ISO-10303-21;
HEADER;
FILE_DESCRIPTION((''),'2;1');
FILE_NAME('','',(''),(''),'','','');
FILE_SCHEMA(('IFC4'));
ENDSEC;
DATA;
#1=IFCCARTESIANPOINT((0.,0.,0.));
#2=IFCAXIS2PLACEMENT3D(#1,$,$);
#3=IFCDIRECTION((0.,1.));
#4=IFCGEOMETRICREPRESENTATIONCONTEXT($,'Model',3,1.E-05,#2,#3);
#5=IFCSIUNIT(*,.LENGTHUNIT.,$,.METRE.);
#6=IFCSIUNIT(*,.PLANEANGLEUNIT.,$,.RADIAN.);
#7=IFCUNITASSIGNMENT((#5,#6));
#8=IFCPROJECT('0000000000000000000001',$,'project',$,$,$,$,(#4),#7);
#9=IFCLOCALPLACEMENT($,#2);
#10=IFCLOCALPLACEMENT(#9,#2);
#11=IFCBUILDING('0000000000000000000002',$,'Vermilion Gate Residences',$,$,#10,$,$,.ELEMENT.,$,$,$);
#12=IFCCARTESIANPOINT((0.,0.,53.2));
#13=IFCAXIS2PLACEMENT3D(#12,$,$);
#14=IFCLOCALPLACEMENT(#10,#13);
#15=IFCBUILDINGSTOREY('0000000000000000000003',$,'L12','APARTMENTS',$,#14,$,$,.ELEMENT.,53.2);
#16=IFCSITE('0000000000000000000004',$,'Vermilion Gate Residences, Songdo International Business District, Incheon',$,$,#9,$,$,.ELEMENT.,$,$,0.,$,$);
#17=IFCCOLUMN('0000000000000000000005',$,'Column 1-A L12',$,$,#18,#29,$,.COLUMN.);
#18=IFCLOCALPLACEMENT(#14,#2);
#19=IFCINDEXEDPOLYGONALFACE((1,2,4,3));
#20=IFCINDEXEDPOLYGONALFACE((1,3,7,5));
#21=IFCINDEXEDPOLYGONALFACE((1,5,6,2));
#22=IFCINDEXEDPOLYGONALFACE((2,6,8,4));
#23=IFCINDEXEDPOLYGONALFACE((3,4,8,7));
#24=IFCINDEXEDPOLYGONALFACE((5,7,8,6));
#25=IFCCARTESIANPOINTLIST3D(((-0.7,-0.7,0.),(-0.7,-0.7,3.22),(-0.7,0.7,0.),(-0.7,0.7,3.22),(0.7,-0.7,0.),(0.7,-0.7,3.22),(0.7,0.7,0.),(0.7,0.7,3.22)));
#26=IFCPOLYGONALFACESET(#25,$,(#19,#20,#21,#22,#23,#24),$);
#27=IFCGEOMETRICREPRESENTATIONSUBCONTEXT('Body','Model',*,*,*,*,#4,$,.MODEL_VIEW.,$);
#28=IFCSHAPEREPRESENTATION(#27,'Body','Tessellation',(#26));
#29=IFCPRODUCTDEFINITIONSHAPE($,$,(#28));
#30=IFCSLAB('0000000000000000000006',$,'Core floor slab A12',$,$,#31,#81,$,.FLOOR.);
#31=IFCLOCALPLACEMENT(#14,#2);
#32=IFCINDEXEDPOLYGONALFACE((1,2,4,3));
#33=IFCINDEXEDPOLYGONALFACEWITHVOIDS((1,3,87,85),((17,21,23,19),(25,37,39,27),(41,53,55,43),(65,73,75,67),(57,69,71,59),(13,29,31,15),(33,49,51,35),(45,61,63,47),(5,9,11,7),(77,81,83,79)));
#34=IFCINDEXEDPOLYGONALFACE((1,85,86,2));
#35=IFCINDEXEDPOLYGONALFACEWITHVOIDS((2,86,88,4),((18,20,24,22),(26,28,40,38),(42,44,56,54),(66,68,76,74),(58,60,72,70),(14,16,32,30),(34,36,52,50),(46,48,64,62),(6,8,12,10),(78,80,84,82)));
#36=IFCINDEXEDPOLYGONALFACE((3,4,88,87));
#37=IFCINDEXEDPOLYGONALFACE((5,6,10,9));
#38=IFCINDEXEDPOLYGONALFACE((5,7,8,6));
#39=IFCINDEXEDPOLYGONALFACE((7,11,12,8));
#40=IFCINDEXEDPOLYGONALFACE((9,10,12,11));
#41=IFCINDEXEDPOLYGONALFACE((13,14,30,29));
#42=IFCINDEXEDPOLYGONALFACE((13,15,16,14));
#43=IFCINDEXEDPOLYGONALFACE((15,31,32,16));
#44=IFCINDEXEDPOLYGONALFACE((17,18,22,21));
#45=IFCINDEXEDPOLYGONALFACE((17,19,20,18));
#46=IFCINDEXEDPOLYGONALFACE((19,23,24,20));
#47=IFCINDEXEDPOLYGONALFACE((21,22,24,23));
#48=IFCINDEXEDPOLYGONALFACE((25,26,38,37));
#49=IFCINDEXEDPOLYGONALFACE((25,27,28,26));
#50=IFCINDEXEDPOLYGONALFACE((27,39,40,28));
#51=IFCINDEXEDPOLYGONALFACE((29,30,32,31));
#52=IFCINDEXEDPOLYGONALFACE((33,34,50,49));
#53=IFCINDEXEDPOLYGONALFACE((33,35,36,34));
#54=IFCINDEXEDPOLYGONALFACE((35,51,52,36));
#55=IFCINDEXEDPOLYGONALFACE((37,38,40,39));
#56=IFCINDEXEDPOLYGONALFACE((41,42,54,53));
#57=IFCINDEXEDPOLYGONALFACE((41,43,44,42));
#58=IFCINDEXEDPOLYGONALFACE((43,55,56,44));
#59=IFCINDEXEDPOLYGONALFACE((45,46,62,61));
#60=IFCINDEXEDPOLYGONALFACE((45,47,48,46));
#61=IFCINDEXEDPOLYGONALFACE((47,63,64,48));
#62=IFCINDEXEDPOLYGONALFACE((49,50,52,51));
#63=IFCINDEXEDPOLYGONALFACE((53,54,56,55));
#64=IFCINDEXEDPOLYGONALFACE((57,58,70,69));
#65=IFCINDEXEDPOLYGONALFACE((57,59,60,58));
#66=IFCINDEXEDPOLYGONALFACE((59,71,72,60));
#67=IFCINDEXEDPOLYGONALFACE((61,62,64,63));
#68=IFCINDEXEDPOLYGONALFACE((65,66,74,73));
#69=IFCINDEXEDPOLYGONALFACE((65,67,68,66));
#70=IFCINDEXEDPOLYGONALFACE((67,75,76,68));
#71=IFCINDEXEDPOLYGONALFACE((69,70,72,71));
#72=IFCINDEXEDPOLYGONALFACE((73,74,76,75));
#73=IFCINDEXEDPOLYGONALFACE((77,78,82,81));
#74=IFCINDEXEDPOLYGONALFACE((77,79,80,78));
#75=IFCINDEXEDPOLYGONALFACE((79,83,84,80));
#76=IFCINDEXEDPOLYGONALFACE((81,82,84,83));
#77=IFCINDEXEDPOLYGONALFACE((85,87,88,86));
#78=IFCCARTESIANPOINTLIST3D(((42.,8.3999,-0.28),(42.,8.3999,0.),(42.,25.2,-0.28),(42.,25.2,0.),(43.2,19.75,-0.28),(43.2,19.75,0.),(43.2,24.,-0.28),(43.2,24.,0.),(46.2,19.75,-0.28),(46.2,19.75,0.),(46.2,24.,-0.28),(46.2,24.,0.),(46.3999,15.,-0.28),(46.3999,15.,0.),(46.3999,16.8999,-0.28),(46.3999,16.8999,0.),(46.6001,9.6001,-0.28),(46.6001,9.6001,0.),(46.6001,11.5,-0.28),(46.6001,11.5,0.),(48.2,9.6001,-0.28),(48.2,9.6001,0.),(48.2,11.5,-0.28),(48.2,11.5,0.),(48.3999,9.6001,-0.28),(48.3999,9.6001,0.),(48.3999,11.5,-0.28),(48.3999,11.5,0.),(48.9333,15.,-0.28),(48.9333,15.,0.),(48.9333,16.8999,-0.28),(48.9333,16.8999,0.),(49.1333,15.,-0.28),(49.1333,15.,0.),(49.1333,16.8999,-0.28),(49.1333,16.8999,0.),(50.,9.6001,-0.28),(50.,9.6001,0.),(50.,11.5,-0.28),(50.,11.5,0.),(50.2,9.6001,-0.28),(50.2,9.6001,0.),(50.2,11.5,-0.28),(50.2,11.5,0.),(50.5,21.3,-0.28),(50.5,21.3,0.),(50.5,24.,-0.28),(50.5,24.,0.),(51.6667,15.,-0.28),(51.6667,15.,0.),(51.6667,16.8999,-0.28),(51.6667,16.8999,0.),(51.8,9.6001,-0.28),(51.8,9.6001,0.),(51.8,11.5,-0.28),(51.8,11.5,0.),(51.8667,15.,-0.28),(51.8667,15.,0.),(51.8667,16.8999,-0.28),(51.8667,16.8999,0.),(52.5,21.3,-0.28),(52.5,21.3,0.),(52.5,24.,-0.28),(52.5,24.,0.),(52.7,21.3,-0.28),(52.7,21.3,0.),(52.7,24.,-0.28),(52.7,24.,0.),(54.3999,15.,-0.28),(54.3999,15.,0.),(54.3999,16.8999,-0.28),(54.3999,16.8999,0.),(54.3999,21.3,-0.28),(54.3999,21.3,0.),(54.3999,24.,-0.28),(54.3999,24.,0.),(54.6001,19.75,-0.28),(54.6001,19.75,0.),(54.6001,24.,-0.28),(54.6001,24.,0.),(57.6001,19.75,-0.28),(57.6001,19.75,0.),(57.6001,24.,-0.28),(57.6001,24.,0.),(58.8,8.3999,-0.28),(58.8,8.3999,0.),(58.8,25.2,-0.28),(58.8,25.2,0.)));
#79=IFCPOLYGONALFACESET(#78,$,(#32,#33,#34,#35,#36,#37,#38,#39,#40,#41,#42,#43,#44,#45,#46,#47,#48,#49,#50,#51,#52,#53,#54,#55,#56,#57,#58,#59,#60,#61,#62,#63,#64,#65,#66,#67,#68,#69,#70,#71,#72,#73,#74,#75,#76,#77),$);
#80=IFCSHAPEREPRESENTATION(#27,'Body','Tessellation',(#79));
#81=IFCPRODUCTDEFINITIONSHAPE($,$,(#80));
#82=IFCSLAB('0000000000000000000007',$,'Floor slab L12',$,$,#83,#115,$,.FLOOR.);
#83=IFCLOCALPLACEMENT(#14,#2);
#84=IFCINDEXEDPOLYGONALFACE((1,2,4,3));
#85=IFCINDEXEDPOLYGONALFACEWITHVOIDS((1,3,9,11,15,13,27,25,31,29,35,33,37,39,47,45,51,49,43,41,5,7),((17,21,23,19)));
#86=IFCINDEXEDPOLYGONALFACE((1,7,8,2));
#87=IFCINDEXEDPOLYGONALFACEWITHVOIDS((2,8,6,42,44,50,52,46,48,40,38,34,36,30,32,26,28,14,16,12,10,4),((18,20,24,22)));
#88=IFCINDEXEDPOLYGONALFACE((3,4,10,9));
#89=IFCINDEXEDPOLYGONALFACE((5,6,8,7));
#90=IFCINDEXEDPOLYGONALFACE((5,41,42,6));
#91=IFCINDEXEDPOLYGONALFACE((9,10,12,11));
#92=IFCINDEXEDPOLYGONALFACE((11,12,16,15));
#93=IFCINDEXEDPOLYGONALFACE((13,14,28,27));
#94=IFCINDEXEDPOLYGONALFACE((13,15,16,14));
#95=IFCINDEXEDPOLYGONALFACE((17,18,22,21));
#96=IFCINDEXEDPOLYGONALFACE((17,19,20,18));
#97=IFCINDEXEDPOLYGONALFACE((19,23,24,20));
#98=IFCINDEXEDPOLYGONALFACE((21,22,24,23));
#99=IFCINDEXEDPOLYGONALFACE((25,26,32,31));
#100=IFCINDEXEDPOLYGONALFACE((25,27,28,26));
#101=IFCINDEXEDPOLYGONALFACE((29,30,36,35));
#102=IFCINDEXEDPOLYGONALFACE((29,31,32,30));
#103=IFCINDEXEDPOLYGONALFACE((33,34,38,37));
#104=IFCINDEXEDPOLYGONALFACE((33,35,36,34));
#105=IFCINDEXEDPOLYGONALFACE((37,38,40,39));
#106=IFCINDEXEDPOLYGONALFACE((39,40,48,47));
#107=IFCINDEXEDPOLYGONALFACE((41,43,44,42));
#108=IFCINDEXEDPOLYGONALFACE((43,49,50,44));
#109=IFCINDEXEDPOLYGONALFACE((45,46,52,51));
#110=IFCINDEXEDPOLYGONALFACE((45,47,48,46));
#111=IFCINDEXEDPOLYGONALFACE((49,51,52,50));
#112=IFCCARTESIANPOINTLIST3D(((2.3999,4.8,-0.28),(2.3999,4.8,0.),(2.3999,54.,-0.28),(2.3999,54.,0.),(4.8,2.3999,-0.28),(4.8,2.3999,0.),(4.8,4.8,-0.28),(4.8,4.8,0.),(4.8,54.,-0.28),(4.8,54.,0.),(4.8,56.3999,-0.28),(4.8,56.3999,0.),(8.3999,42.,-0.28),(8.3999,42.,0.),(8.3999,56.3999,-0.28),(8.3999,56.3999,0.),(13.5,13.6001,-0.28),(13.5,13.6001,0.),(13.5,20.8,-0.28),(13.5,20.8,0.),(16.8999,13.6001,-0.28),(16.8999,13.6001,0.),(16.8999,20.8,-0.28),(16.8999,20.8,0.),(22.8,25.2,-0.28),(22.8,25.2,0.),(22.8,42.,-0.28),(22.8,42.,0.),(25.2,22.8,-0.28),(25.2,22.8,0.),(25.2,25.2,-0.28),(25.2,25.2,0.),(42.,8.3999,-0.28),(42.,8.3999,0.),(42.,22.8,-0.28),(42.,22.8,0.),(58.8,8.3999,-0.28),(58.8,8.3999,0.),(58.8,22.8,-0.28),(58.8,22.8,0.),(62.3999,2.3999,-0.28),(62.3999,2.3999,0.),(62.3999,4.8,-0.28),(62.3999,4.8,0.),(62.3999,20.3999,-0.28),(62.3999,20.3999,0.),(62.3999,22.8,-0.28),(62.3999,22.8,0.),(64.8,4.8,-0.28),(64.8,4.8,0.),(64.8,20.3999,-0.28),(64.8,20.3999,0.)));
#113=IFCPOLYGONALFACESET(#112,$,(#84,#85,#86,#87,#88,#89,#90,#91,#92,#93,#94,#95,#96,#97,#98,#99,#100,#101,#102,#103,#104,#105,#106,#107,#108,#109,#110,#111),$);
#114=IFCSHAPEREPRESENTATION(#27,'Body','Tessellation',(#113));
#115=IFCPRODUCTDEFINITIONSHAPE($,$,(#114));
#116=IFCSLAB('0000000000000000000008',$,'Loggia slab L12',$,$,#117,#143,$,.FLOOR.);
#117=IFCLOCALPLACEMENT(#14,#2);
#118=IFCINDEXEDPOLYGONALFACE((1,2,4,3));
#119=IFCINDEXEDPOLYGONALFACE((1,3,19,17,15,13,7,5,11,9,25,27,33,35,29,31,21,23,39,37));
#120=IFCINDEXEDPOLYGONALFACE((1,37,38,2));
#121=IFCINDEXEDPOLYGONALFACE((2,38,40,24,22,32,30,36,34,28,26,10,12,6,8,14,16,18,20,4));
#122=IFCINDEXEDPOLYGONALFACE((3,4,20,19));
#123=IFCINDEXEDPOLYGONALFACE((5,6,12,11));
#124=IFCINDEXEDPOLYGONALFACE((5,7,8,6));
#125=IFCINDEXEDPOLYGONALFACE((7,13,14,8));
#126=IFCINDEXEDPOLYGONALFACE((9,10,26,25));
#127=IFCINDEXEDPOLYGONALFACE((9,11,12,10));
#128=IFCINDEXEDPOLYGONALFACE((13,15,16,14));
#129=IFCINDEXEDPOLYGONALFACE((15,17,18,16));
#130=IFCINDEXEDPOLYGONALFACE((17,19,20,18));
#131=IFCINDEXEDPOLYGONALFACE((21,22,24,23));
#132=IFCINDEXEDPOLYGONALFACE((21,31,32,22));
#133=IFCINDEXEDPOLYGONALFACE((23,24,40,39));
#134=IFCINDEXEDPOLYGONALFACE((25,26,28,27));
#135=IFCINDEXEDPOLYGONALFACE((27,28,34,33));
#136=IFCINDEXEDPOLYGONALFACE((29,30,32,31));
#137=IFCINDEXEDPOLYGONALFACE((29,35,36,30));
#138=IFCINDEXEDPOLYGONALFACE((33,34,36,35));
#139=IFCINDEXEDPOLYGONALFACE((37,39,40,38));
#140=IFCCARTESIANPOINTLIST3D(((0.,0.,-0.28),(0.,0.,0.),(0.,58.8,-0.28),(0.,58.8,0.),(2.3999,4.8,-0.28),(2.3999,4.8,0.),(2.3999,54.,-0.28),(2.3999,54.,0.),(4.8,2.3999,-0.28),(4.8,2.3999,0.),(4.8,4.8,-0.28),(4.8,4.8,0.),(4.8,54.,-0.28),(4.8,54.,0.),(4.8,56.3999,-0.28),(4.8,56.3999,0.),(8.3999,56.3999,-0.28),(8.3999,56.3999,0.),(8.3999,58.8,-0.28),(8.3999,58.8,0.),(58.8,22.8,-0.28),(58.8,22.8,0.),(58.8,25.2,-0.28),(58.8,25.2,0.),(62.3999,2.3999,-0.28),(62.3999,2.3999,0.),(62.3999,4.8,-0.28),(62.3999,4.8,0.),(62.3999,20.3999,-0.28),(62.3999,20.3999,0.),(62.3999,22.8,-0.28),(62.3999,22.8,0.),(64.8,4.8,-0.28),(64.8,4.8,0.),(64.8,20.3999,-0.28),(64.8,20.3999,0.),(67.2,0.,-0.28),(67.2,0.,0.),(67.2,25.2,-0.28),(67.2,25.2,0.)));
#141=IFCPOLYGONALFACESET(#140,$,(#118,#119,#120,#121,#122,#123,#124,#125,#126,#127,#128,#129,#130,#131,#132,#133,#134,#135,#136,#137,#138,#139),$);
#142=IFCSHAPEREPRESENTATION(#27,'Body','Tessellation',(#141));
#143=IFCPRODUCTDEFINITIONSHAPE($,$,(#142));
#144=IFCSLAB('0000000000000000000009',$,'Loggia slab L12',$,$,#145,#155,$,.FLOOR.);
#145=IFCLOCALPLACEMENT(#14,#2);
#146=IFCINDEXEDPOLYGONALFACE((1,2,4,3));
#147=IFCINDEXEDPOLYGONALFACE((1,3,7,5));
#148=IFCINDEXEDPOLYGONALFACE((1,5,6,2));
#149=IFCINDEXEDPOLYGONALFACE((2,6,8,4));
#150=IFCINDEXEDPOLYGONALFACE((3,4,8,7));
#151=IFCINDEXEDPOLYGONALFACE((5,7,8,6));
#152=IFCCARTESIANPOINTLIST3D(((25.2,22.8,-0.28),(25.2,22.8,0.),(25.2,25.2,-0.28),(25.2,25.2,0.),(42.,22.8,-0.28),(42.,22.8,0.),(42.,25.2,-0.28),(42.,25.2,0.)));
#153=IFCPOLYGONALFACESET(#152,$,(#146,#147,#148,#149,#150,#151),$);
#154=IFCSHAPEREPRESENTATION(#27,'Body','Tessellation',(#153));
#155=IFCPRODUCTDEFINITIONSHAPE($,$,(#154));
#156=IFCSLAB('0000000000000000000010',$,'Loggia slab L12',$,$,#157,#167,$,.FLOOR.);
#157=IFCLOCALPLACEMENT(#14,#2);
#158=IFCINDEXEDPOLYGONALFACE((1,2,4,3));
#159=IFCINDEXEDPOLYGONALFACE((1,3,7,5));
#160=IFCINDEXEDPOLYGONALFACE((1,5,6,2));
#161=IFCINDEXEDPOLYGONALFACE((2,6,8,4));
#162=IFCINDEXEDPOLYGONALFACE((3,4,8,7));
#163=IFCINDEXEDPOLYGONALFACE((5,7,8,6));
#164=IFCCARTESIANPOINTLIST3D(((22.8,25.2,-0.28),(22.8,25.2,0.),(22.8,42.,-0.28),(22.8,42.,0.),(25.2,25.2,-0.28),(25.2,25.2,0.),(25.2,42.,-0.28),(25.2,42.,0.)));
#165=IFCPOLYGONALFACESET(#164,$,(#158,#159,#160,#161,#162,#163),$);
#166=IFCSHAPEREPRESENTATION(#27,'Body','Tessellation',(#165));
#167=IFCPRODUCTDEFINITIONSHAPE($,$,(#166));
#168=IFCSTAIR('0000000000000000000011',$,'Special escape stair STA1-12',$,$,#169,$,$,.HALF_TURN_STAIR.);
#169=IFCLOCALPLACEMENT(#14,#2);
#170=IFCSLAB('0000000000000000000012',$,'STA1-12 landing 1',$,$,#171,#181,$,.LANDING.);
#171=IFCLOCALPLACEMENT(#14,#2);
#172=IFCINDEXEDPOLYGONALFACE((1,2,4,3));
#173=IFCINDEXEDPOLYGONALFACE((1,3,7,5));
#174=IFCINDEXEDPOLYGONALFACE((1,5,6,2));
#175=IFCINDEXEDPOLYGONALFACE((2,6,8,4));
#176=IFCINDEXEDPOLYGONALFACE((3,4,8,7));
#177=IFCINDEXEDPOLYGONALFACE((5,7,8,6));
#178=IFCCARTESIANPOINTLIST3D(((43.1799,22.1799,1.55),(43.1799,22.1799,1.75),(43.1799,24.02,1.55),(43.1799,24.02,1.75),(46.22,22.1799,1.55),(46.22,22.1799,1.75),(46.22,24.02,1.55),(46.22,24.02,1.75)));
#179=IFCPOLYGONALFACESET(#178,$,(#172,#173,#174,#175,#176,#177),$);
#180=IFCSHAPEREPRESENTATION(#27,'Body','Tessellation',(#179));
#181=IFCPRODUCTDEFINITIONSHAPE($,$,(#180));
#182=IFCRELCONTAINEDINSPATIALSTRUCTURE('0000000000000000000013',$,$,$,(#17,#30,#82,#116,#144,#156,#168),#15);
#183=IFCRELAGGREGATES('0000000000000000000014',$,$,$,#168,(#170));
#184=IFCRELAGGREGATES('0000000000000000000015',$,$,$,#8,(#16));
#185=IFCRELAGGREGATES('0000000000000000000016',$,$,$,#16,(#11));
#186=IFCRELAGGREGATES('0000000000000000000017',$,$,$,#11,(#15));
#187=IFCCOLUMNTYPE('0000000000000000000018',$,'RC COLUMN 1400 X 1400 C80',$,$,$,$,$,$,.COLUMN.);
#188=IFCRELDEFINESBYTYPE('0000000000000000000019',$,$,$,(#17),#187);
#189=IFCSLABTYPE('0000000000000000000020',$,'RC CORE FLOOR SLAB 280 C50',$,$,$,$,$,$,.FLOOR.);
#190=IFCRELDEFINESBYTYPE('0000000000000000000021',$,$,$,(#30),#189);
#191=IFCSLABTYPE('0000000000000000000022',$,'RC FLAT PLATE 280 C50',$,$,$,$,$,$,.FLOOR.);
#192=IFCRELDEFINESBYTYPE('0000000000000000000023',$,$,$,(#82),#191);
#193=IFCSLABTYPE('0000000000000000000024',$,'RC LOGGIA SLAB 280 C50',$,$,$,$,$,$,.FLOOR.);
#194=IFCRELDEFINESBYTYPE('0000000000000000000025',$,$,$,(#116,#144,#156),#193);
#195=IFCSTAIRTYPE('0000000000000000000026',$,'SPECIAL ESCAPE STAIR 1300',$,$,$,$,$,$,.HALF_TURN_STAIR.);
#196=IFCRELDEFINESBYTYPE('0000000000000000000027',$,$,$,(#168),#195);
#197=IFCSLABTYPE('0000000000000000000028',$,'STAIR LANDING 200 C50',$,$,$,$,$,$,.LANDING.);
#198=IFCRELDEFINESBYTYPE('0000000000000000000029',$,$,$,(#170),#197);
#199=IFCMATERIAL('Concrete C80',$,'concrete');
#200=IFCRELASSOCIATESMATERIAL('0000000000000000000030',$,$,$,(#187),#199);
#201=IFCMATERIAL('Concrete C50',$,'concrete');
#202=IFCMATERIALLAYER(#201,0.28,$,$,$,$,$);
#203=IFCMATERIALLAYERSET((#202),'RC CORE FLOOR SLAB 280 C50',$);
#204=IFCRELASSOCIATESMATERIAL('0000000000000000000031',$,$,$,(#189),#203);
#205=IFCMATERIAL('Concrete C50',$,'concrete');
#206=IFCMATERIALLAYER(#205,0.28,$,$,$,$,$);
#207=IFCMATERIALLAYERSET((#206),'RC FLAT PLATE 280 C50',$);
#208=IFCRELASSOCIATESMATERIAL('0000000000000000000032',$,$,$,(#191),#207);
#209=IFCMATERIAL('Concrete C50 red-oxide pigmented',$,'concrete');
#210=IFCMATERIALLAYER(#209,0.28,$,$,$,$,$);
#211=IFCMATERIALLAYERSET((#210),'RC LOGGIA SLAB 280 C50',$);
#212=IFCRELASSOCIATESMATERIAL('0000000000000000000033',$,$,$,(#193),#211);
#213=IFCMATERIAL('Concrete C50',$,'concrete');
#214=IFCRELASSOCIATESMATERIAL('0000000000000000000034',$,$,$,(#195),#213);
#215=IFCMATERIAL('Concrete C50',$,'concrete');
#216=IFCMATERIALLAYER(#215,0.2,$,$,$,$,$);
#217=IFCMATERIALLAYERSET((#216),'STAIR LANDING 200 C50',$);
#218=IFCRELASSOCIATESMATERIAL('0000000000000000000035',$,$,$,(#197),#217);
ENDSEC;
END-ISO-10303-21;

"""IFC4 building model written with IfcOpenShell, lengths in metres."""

from ifc_helpers import new_model, si_unit, direction, frame, origin, origin_with_axes, origin_2d, place, context, subcontext, project, spatial, polyline, rectangle, outline, extrude, material, layer, layer_set, material_profile, profile_set, type_object, element, aggregate, save


model = new_model("IFC4")

# Units and contexts
model_context = context("Model", 3, precision=1e-05, world=origin(), true_north=direction((0.0, 1.0)))
body_context = subcontext(model_context, "Body", "Model", "MODEL_VIEW")
ifc_project = project(units=[si_unit("LENGTHUNIT", "METRE"), si_unit("PLANEANGLEUNIT", "RADIAN")], contexts=[model_context])

# Site, building, storey
site_placement = place(None, origin())
site = spatial("IfcSite", under=ifc_project, at=site_placement, Name="Vermilion Gate Residences, Songdo International Business District, Incheon", CompositionType="ELEMENT", RefElevation=0.0)
building_placement = place(site_placement, origin())
building = spatial("IfcBuilding", under=site, at=building_placement, Name="Vermilion Gate Residences", CompositionType="ELEMENT")
storey_placement = place(building_placement, frame((0.0, 0.0, 53.2)))
storey = spatial("IfcBuildingStorey", under=building, at=storey_placement, Name="L12", Description="APARTMENTS", CompositionType="ELEMENT", Elevation=53.2)

# Column
ifc_material_1 = material(Name="Concrete C80", Category="concrete")
ifc_material_profile_1 = material_profile(ifc_material_1, rectangle(XDim=1.3999, YDim=1.3999, at=origin_2d()), Name="RC-1400x1400")
ifc_profile_set_1 = profile_set([ifc_material_profile_1], Name="Concrete C80")
column_type = type_object("IfcColumnType", Name="RC COLUMN 1400 X 1400 C80", PredefinedType="COLUMN", material=ifc_profile_set_1)
column_placement = place(storey_placement, origin_with_axes())
element("IfcColumn", 1, at=column_placement, inside=storey, type_object=column_type, Name="Column 1-A L12", PredefinedType="COLUMN", context=body_context, shape_type="SweptSolid", body=[
    extrude(rectangle(XDim=1.3999, YDim=1.3999, at=origin_2d()), origin(), (0.0, 0.0, 1.0), 3.22),
])

# Slabs
ifc_material_2 = material(Name="Concrete C50", Category="concrete")
ifc_layer_1 = layer(ifc_material_2, 0.28)
ifc_layer_set_1 = layer_set([ifc_layer_1], Name="RC CORE FLOOR SLAB 280 C50")
slab_type_1 = type_object("IfcSlabType", Name="RC CORE FLOOR SLAB 280 C50", PredefinedType="FLOOR", material=ifc_layer_set_1)
slab_1_placement = place(storey_placement, frame((0.0, 0.0, -0.28)))
element("IfcSlab", 2, at=slab_1_placement, inside=storey, type_object=slab_type_1, Name="Core floor slab A12", PredefinedType="FLOOR", context=body_context, shape_type="SweptSolid", body=[
    extrude(outline(polyline([(42.0, 8.3999), (58.8, 8.3999), (58.8, 25.2), (42.0, 25.2), (42.0, 8.3999)]), holes=[polyline([(46.6001, 11.5), (48.2, 11.5), (48.2, 9.6001), (46.6001, 9.6001), (46.6001, 11.5)]), polyline([(48.3999, 11.5), (50.0, 11.5), (50.0, 9.6001), (48.3999, 9.6001), (48.3999, 11.5)]), polyline([(50.2, 11.5), (51.8, 11.5), (51.8, 9.6001), (50.2, 9.6001), (50.2, 11.5)]), polyline([(48.9333, 16.8999), (48.9333, 15.0), (46.3999, 15.0), (46.3999, 16.8999), (48.9333, 16.8999)]), polyline([(51.6667, 16.8999), (51.6667, 15.0), (49.1333, 15.0), (49.1333, 16.8999), (51.6667, 16.8999)]), polyline([(51.8667, 16.8999), (54.3999, 16.8999), (54.3999, 15.0), (51.8667, 15.0), (51.8667, 16.8999)]), polyline([(43.2, 24.0), (46.2, 24.0), (46.2, 19.75), (43.2, 19.75), (43.2, 24.0)]), polyline([(54.6001, 24.0), (57.6001, 24.0), (57.6001, 19.75), (54.6001, 19.75), (54.6001, 24.0)]), polyline([(52.5, 24.0), (52.5, 21.3), (50.5, 21.3), (50.5, 24.0), (52.5, 24.0)]), polyline([(54.3999, 24.0), (54.3999, 21.3), (52.7, 21.3), (52.7, 24.0), (54.3999, 24.0)])]), origin(), (0.0, 0.0, 1.0), 0.28),
])
ifc_material_3 = material(Name="Concrete C50", Category="concrete")
ifc_layer_2 = layer(ifc_material_3, 0.28)
ifc_layer_set_2 = layer_set([ifc_layer_2], Name="RC FLAT PLATE 280 C50")
slab_type_2 = type_object("IfcSlabType", Name="RC FLAT PLATE 280 C50", PredefinedType="FLOOR", material=ifc_layer_set_2)
slab_2_placement = place(storey_placement, frame((0.0, 0.0, -0.28)))
element("IfcSlab", 3, at=slab_2_placement, inside=storey, type_object=slab_type_2, Name="Floor slab L12", PredefinedType="FLOOR", context=body_context, shape_type="SweptSolid", body=[
    extrude(outline(polyline([(22.8, 25.2), (22.8, 42.0), (8.3999, 42.0), (8.3999, 56.3999), (4.8, 56.3999), (4.8, 54.0), (2.3999, 54.0), (2.3999, 4.8), (4.8, 4.8), (4.8, 2.3999), (62.3999, 2.3999), (62.3999, 4.8), (64.8, 4.8), (64.8, 20.3999), (62.3999, 20.3999), (62.3999, 22.8), (58.8, 22.8), (58.8, 8.3999), (42.0, 8.3999), (42.0, 22.8), (25.2, 22.8), (25.2, 25.2), (22.8, 25.2)]), holes=[polyline([(13.5, 13.6001), (13.5, 20.8), (16.8999, 20.8), (16.8999, 13.6001), (13.5, 13.6001)])]), origin(), (0.0, 0.0, 1.0), 0.28),
])
ifc_material_4 = material(Name="Concrete C50 red-oxide pigmented", Category="concrete")
ifc_layer_3 = layer(ifc_material_4, 0.28)
ifc_layer_set_3 = layer_set([ifc_layer_3], Name="RC LOGGIA SLAB 280 C50")
slab_type_3 = type_object("IfcSlabType", Name="RC LOGGIA SLAB 280 C50", PredefinedType="FLOOR", material=ifc_layer_set_3)
slab_3_placement = place(storey_placement, frame((0.0, 0.0, -0.28)))
element("IfcSlab", 4, at=slab_3_placement, inside=storey, type_object=slab_type_3, Name="Loggia slab L12", PredefinedType="FLOOR", context=body_context, shape_type="SweptSolid", body=[
    extrude(outline(polyline([(0.0, 58.8), (0.0, 0.0), (67.2, 0.0), (67.2, 25.2), (58.8, 25.2), (58.8, 22.8), (62.3999, 22.8), (62.3999, 20.3999), (64.8, 20.3999), (64.8, 4.8), (62.3999, 4.8), (62.3999, 2.3999), (4.8, 2.3999), (4.8, 4.8), (2.3999, 4.8), (2.3999, 54.0), (4.8, 54.0), (4.8, 56.3999), (8.3999, 56.3999), (8.3999, 58.8), (0.0, 58.8)])), origin(), (0.0, 0.0, 1.0), 0.28),
])
slab_4_placement = place(storey_placement, frame((0.0, 0.0, -0.28)))
element("IfcSlab", 5, at=slab_4_placement, inside=storey, type_object=slab_type_3, Name="Loggia slab L12", PredefinedType="FLOOR", context=body_context, shape_type="SweptSolid", body=[
    extrude(outline(polyline([(25.2, 22.8), (42.0, 22.8), (42.0, 25.2), (25.2, 25.2), (25.2, 22.8)])), origin(), (0.0, 0.0, 1.0), 0.28),
])
slab_5_placement = place(storey_placement, frame((0.0, 0.0, -0.28)))
element("IfcSlab", 6, at=slab_5_placement, inside=storey, type_object=slab_type_3, Name="Loggia slab L12", PredefinedType="FLOOR", context=body_context, shape_type="SweptSolid", body=[
    extrude(outline(polyline([(22.8, 42.0), (22.8, 25.2), (25.2, 25.2), (25.2, 42.0), (22.8, 42.0)])), origin(), (0.0, 0.0, 1.0), 0.28),
])

# Stair, slab
ifc_material_5 = material(Name="Concrete C50", Category="concrete")
stair_type = type_object("IfcStairType", Name="SPECIAL ESCAPE STAIR 1300", PredefinedType="HALF_TURN_STAIR", material=ifc_material_5)
stair_1_placement = place(storey_placement, origin())
stair_1 = element("IfcStair", 7, at=stair_1_placement, inside=storey, type_object=stair_type, Name="Special escape stair STA1-12", PredefinedType="HALF_TURN_STAIR")
ifc_material_6 = material(Name="Concrete C50", Category="concrete")
ifc_layer_4 = layer(ifc_material_6, 0.2)
ifc_layer_set_4 = layer_set([ifc_layer_4], Name="STAIR LANDING 200 C50")
slab_type_4 = type_object("IfcSlabType", Name="STAIR LANDING 200 C50", PredefinedType="LANDING", material=ifc_layer_set_4)
slab_6_placement = place(storey_placement, frame((0.0, 0.0, 1.55)))
slab_6 = element("IfcSlab", 8, at=slab_6_placement, type_object=slab_type_4, Name="STA1-12 landing 1", PredefinedType="LANDING", context=body_context, shape_type="SweptSolid", body=[
    extrude(outline(polyline([(46.22, 22.1799), (46.22, 24.02), (43.1799, 24.02), (43.1799, 22.1799), (46.22, 22.1799)])), origin(), (0.0, 0.0, 1.0), 0.2),
])
aggregate(stair_1, [slab_6])

save(model, "model.ifc")
